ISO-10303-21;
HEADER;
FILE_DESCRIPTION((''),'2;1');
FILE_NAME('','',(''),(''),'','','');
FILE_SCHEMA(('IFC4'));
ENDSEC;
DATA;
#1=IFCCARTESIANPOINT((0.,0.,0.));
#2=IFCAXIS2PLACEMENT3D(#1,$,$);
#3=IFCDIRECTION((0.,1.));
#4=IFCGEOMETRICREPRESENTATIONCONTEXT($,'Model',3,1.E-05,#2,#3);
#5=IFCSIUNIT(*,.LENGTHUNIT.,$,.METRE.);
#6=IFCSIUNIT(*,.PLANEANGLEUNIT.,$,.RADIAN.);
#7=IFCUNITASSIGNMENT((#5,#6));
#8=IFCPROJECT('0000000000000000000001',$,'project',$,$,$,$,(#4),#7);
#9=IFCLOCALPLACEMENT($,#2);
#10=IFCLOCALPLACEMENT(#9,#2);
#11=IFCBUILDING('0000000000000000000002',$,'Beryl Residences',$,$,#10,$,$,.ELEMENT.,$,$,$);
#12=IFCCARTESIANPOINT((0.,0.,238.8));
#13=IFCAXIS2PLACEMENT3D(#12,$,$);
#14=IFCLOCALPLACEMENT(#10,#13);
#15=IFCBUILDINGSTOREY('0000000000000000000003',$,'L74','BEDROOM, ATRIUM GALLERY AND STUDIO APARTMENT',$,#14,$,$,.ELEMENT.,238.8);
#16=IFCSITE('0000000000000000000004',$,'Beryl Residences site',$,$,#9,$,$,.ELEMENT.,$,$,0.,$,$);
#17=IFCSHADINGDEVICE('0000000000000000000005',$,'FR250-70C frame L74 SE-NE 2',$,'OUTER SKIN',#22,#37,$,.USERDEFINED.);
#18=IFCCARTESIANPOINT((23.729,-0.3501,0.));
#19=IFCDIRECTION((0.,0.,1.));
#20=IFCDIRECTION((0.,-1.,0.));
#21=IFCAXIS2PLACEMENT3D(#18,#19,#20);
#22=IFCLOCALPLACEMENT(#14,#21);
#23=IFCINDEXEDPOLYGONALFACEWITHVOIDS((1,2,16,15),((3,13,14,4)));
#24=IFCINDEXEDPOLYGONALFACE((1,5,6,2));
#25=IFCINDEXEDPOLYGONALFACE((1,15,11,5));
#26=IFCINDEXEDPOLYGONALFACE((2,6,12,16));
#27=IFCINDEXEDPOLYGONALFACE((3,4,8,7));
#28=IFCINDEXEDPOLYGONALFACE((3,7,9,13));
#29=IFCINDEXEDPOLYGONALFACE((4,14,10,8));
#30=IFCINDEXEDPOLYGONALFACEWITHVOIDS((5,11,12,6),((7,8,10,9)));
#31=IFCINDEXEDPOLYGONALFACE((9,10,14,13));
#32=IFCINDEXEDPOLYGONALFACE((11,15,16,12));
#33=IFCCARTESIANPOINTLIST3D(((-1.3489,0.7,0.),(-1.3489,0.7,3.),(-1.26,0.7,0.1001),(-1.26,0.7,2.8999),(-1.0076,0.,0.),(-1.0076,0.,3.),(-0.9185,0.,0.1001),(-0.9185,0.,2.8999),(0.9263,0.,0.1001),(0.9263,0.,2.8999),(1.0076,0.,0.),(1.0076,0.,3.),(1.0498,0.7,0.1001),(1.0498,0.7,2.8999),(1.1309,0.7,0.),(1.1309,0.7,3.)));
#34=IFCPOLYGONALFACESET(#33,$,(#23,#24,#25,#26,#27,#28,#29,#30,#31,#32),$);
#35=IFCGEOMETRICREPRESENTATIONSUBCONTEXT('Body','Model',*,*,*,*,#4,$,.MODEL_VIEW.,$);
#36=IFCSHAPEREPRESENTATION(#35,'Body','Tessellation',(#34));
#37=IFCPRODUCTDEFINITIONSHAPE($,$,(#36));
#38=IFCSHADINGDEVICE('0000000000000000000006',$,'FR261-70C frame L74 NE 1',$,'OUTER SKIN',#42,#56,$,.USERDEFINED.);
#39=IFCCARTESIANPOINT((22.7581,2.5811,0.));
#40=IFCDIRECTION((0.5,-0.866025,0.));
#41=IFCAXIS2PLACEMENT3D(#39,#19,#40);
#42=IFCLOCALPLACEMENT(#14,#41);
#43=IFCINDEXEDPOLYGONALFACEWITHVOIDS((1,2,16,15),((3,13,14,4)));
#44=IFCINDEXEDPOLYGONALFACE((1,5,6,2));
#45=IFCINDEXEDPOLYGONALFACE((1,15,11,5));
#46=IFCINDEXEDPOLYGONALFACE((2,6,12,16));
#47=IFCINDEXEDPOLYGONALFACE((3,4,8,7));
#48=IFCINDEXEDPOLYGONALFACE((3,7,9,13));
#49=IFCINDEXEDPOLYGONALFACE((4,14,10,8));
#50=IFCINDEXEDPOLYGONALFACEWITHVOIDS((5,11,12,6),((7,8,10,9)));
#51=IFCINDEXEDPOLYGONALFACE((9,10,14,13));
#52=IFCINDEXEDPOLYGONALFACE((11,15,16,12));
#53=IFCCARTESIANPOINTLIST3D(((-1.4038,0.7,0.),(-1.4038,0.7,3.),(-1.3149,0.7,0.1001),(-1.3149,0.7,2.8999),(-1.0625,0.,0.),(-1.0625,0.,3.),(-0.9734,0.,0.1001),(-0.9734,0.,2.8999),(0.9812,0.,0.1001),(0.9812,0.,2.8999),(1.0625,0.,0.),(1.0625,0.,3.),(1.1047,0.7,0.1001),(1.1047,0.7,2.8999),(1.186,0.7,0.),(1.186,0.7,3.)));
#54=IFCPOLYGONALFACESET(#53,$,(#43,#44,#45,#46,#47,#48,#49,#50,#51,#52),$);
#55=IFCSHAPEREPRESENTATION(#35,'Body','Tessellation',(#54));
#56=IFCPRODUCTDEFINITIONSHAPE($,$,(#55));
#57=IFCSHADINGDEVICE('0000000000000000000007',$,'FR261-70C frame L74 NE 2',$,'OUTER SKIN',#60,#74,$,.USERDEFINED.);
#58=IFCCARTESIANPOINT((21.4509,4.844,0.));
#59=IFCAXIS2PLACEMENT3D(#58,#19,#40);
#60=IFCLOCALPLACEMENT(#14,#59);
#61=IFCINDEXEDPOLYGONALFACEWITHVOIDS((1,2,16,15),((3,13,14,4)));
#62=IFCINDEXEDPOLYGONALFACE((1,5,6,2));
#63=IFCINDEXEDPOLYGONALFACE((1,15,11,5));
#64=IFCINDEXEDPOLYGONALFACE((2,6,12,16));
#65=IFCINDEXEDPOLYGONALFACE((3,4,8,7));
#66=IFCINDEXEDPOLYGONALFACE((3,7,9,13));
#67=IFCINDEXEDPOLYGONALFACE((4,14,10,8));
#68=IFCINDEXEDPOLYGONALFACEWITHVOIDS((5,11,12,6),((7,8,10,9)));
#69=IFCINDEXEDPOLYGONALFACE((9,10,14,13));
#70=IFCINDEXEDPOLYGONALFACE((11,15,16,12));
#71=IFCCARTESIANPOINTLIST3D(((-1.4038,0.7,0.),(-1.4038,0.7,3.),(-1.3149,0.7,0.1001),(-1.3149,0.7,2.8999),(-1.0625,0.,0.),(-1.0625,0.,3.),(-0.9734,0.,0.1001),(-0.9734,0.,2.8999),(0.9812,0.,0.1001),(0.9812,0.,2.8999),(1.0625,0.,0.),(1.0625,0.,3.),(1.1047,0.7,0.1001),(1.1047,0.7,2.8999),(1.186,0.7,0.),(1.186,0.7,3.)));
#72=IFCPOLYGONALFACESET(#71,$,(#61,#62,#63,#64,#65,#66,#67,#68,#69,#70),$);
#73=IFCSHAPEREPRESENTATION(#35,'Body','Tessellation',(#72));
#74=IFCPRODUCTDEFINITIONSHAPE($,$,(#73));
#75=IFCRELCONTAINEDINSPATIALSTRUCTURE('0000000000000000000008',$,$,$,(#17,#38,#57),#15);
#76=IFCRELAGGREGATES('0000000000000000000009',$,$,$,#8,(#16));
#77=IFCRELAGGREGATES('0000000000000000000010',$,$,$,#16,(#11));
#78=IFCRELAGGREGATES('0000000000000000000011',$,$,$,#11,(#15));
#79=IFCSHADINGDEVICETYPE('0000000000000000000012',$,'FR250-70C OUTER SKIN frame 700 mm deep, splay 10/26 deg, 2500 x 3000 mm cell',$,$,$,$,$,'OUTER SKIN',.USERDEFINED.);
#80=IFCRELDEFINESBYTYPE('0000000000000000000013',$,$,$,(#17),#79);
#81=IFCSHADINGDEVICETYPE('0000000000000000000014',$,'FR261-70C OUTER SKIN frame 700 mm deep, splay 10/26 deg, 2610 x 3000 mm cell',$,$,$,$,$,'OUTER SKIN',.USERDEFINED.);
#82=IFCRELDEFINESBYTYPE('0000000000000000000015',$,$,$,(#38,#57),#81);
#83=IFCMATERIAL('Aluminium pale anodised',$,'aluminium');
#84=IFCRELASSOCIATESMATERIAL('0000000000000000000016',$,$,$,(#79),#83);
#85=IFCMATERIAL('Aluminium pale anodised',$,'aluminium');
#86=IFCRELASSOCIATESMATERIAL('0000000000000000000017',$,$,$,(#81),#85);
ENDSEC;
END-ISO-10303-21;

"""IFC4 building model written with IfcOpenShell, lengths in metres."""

from ifc_helpers import new_model, entity, si_unit, direction, frame, origin, place, context, subcontext, project, spatial, source, transform, mapped, material, type_object, type_shapes, element, save


model = new_model("IFC4")

# Units and contexts
model_context = context("Model", 3, precision=1e-05, world=origin(), true_north=direction((0.0, 1.0)))
body_context = subcontext(model_context, "Body", "Model", "MODEL_VIEW")
ifc_project = project(units=[si_unit("LENGTHUNIT", "METRE"), si_unit("PLANEANGLEUNIT", "RADIAN")], contexts=[model_context])

# Site, building, storey
site_placement = place(None, origin())
site = spatial("IfcSite", under=ifc_project, at=site_placement, Name="Beryl Residences site", CompositionType="ELEMENT", RefElevation=0.0)
building_placement = place(site_placement, origin())
building = spatial("IfcBuilding", under=site, at=building_placement, Name="Beryl Residences", CompositionType="ELEMENT")
storey_placement = place(building_placement, frame((0.0, 0.0, 238.8)))
storey = spatial("IfcBuildingStorey", under=building, at=storey_placement, Name="L74", Description="BEDROOM, ATRIUM GALLERY AND STUDIO APARTMENT", CompositionType="ELEMENT", Elevation=238.8)

# Shading devices
ifc_material_1 = material(Name="Aluminium pale anodised", Category="aluminium")
shading_device_type_1 = type_object("IfcShadingDeviceType", Name="FR250-70C OUTER SKIN frame 700 mm deep, splay 10/26 deg, 2500 x 3000 mm cell", ElementType="OUTER SKIN", PredefinedType="USERDEFINED", material=ifc_material_1)
cartesian_point_1 = entity("IfcCartesianPoint", [-1.0076, 0.0])
cartesian_point_2 = entity("IfcCartesianPoint", [-0.9263, 0.1001])
cartesian_point_3 = entity("IfcCartesianPoint", [-1.1309, 0.0])
cartesian_point_4 = entity("IfcCartesianPoint", [-1.0498, 0.1001])
shared_shape_1 = source(origin(), body_context, "Body", "SweptSolid", [
    entity("IfcExtrudedAreaSolidTapered", entity("IfcArbitraryProfileDefWithVoids", "AREA", None, entity("IfcPolyline", [cartesian_point_1, entity("IfcCartesianPoint", [1.0076, 0.0]), entity("IfcCartesianPoint", [1.0076, 3.0]), entity("IfcCartesianPoint", [-1.0076, 3.0]), cartesian_point_1]), [entity("IfcPolyline", [cartesian_point_2, entity("IfcCartesianPoint", [0.9185, 0.1001]), entity("IfcCartesianPoint", [0.9185, 2.8999]), entity("IfcCartesianPoint", [-0.9263, 2.8999]), cartesian_point_2])]), entity("IfcAxis2Placement3D", entity("IfcCartesianPoint", [0.0, 0.0, 0.0]), entity("IfcDirection", [0.0, 1.0, 0.0]), entity("IfcDirection", [-1.0, 0.0, 0.0])), entity("IfcDirection", [0.0, 0.0, 1.0]), 0.7, entity("IfcArbitraryProfileDefWithVoids", "AREA", None, entity("IfcPolyline", [cartesian_point_3, entity("IfcCartesianPoint", [1.3489, 0.0]), entity("IfcCartesianPoint", [1.3489, 3.0]), entity("IfcCartesianPoint", [-1.1309, 3.0]), cartesian_point_3]), [entity("IfcPolyline", [cartesian_point_4, entity("IfcCartesianPoint", [1.26, 0.1001]), entity("IfcCartesianPoint", [1.26, 2.8999]), entity("IfcCartesianPoint", [-1.0498, 2.8999]), cartesian_point_4])])),
])
type_shapes(shading_device_type_1, [shared_shape_1])
shading_device_placement = place(storey_placement, frame((23.729, -0.3501, 0.0), z_axis=(0.0, 0.0, 1.0), x_axis=(0.0, -1.0, 0.0)))
element("IfcShadingDevice", 1, at=shading_device_placement, inside=storey, type_object=shading_device_type_1, Name="FR250-70C frame L74 SE-NE 2", ObjectType="OUTER SKIN", PredefinedType="USERDEFINED", context=body_context, shape_type="MappedRepresentation", body=[
    mapped(shared_shape_1, transform((0.0, 0.0, 0.0))),
])
ifc_material_2 = material(Name="Aluminium pale anodised", Category="aluminium")
shading_device_type_2 = type_object("IfcShadingDeviceType", Name="FR261-70C OUTER SKIN frame 700 mm deep, splay 10/26 deg, 2610 x 3000 mm cell", ElementType="OUTER SKIN", PredefinedType="USERDEFINED", material=ifc_material_2)
cartesian_point_5 = entity("IfcCartesianPoint", [-1.0625, 0.0])
cartesian_point_6 = entity("IfcCartesianPoint", [-0.9812, 0.1001])
cartesian_point_7 = entity("IfcCartesianPoint", [-1.186, 0.0])
cartesian_point_8 = entity("IfcCartesianPoint", [-1.1047, 0.1001])
shared_shape_2 = source(origin(), body_context, "Body", "SweptSolid", [
    entity("IfcExtrudedAreaSolidTapered", entity("IfcArbitraryProfileDefWithVoids", "AREA", None, entity("IfcPolyline", [cartesian_point_5, entity("IfcCartesianPoint", [1.0625, 0.0]), entity("IfcCartesianPoint", [1.0625, 3.0]), entity("IfcCartesianPoint", [-1.0625, 3.0]), cartesian_point_5]), [entity("IfcPolyline", [cartesian_point_6, entity("IfcCartesianPoint", [0.9734, 0.1001]), entity("IfcCartesianPoint", [0.9734, 2.8999]), entity("IfcCartesianPoint", [-0.9812, 2.8999]), cartesian_point_6])]), entity("IfcAxis2Placement3D", entity("IfcCartesianPoint", [0.0, 0.0, 0.0]), entity("IfcDirection", [0.0, 1.0, 0.0]), entity("IfcDirection", [-1.0, 0.0, 0.0])), entity("IfcDirection", [0.0, 0.0, 1.0]), 0.7, entity("IfcArbitraryProfileDefWithVoids", "AREA", None, entity("IfcPolyline", [cartesian_point_7, entity("IfcCartesianPoint", [1.4038, 0.0]), entity("IfcCartesianPoint", [1.4038, 3.0]), entity("IfcCartesianPoint", [-1.186, 3.0]), cartesian_point_7]), [entity("IfcPolyline", [cartesian_point_8, entity("IfcCartesianPoint", [1.3149, 0.1001]), entity("IfcCartesianPoint", [1.3149, 2.8999]), entity("IfcCartesianPoint", [-1.1047, 2.8999]), cartesian_point_8])])),
])
type_shapes(shading_device_type_2, [shared_shape_2])
for number, where, z_axis, x_axis, name in (
    (2, (22.7581, 2.5811, 0.0), (0.0, 0.0, 1.0), (0.5, -0.866025, 0.0), "FR261-70C frame L74 NE 1"),
    (3, (21.4509, 4.844, 0.0), (0.0, 0.0, 1.0), (0.5, -0.866025, 0.0), "FR261-70C frame L74 NE 2"),
):
    element("IfcShadingDevice", number, at=place(storey_placement, frame(where, z_axis=z_axis, x_axis=x_axis)), inside=storey, type_object=shading_device_type_2, Name=name, ObjectType="OUTER SKIN", PredefinedType="USERDEFINED", context=body_context, shape_type="MappedRepresentation", body=[
        mapped(shared_shape_2, transform((0.0, 0.0, 0.0))),
    ])

save(model, "model.ifc")
